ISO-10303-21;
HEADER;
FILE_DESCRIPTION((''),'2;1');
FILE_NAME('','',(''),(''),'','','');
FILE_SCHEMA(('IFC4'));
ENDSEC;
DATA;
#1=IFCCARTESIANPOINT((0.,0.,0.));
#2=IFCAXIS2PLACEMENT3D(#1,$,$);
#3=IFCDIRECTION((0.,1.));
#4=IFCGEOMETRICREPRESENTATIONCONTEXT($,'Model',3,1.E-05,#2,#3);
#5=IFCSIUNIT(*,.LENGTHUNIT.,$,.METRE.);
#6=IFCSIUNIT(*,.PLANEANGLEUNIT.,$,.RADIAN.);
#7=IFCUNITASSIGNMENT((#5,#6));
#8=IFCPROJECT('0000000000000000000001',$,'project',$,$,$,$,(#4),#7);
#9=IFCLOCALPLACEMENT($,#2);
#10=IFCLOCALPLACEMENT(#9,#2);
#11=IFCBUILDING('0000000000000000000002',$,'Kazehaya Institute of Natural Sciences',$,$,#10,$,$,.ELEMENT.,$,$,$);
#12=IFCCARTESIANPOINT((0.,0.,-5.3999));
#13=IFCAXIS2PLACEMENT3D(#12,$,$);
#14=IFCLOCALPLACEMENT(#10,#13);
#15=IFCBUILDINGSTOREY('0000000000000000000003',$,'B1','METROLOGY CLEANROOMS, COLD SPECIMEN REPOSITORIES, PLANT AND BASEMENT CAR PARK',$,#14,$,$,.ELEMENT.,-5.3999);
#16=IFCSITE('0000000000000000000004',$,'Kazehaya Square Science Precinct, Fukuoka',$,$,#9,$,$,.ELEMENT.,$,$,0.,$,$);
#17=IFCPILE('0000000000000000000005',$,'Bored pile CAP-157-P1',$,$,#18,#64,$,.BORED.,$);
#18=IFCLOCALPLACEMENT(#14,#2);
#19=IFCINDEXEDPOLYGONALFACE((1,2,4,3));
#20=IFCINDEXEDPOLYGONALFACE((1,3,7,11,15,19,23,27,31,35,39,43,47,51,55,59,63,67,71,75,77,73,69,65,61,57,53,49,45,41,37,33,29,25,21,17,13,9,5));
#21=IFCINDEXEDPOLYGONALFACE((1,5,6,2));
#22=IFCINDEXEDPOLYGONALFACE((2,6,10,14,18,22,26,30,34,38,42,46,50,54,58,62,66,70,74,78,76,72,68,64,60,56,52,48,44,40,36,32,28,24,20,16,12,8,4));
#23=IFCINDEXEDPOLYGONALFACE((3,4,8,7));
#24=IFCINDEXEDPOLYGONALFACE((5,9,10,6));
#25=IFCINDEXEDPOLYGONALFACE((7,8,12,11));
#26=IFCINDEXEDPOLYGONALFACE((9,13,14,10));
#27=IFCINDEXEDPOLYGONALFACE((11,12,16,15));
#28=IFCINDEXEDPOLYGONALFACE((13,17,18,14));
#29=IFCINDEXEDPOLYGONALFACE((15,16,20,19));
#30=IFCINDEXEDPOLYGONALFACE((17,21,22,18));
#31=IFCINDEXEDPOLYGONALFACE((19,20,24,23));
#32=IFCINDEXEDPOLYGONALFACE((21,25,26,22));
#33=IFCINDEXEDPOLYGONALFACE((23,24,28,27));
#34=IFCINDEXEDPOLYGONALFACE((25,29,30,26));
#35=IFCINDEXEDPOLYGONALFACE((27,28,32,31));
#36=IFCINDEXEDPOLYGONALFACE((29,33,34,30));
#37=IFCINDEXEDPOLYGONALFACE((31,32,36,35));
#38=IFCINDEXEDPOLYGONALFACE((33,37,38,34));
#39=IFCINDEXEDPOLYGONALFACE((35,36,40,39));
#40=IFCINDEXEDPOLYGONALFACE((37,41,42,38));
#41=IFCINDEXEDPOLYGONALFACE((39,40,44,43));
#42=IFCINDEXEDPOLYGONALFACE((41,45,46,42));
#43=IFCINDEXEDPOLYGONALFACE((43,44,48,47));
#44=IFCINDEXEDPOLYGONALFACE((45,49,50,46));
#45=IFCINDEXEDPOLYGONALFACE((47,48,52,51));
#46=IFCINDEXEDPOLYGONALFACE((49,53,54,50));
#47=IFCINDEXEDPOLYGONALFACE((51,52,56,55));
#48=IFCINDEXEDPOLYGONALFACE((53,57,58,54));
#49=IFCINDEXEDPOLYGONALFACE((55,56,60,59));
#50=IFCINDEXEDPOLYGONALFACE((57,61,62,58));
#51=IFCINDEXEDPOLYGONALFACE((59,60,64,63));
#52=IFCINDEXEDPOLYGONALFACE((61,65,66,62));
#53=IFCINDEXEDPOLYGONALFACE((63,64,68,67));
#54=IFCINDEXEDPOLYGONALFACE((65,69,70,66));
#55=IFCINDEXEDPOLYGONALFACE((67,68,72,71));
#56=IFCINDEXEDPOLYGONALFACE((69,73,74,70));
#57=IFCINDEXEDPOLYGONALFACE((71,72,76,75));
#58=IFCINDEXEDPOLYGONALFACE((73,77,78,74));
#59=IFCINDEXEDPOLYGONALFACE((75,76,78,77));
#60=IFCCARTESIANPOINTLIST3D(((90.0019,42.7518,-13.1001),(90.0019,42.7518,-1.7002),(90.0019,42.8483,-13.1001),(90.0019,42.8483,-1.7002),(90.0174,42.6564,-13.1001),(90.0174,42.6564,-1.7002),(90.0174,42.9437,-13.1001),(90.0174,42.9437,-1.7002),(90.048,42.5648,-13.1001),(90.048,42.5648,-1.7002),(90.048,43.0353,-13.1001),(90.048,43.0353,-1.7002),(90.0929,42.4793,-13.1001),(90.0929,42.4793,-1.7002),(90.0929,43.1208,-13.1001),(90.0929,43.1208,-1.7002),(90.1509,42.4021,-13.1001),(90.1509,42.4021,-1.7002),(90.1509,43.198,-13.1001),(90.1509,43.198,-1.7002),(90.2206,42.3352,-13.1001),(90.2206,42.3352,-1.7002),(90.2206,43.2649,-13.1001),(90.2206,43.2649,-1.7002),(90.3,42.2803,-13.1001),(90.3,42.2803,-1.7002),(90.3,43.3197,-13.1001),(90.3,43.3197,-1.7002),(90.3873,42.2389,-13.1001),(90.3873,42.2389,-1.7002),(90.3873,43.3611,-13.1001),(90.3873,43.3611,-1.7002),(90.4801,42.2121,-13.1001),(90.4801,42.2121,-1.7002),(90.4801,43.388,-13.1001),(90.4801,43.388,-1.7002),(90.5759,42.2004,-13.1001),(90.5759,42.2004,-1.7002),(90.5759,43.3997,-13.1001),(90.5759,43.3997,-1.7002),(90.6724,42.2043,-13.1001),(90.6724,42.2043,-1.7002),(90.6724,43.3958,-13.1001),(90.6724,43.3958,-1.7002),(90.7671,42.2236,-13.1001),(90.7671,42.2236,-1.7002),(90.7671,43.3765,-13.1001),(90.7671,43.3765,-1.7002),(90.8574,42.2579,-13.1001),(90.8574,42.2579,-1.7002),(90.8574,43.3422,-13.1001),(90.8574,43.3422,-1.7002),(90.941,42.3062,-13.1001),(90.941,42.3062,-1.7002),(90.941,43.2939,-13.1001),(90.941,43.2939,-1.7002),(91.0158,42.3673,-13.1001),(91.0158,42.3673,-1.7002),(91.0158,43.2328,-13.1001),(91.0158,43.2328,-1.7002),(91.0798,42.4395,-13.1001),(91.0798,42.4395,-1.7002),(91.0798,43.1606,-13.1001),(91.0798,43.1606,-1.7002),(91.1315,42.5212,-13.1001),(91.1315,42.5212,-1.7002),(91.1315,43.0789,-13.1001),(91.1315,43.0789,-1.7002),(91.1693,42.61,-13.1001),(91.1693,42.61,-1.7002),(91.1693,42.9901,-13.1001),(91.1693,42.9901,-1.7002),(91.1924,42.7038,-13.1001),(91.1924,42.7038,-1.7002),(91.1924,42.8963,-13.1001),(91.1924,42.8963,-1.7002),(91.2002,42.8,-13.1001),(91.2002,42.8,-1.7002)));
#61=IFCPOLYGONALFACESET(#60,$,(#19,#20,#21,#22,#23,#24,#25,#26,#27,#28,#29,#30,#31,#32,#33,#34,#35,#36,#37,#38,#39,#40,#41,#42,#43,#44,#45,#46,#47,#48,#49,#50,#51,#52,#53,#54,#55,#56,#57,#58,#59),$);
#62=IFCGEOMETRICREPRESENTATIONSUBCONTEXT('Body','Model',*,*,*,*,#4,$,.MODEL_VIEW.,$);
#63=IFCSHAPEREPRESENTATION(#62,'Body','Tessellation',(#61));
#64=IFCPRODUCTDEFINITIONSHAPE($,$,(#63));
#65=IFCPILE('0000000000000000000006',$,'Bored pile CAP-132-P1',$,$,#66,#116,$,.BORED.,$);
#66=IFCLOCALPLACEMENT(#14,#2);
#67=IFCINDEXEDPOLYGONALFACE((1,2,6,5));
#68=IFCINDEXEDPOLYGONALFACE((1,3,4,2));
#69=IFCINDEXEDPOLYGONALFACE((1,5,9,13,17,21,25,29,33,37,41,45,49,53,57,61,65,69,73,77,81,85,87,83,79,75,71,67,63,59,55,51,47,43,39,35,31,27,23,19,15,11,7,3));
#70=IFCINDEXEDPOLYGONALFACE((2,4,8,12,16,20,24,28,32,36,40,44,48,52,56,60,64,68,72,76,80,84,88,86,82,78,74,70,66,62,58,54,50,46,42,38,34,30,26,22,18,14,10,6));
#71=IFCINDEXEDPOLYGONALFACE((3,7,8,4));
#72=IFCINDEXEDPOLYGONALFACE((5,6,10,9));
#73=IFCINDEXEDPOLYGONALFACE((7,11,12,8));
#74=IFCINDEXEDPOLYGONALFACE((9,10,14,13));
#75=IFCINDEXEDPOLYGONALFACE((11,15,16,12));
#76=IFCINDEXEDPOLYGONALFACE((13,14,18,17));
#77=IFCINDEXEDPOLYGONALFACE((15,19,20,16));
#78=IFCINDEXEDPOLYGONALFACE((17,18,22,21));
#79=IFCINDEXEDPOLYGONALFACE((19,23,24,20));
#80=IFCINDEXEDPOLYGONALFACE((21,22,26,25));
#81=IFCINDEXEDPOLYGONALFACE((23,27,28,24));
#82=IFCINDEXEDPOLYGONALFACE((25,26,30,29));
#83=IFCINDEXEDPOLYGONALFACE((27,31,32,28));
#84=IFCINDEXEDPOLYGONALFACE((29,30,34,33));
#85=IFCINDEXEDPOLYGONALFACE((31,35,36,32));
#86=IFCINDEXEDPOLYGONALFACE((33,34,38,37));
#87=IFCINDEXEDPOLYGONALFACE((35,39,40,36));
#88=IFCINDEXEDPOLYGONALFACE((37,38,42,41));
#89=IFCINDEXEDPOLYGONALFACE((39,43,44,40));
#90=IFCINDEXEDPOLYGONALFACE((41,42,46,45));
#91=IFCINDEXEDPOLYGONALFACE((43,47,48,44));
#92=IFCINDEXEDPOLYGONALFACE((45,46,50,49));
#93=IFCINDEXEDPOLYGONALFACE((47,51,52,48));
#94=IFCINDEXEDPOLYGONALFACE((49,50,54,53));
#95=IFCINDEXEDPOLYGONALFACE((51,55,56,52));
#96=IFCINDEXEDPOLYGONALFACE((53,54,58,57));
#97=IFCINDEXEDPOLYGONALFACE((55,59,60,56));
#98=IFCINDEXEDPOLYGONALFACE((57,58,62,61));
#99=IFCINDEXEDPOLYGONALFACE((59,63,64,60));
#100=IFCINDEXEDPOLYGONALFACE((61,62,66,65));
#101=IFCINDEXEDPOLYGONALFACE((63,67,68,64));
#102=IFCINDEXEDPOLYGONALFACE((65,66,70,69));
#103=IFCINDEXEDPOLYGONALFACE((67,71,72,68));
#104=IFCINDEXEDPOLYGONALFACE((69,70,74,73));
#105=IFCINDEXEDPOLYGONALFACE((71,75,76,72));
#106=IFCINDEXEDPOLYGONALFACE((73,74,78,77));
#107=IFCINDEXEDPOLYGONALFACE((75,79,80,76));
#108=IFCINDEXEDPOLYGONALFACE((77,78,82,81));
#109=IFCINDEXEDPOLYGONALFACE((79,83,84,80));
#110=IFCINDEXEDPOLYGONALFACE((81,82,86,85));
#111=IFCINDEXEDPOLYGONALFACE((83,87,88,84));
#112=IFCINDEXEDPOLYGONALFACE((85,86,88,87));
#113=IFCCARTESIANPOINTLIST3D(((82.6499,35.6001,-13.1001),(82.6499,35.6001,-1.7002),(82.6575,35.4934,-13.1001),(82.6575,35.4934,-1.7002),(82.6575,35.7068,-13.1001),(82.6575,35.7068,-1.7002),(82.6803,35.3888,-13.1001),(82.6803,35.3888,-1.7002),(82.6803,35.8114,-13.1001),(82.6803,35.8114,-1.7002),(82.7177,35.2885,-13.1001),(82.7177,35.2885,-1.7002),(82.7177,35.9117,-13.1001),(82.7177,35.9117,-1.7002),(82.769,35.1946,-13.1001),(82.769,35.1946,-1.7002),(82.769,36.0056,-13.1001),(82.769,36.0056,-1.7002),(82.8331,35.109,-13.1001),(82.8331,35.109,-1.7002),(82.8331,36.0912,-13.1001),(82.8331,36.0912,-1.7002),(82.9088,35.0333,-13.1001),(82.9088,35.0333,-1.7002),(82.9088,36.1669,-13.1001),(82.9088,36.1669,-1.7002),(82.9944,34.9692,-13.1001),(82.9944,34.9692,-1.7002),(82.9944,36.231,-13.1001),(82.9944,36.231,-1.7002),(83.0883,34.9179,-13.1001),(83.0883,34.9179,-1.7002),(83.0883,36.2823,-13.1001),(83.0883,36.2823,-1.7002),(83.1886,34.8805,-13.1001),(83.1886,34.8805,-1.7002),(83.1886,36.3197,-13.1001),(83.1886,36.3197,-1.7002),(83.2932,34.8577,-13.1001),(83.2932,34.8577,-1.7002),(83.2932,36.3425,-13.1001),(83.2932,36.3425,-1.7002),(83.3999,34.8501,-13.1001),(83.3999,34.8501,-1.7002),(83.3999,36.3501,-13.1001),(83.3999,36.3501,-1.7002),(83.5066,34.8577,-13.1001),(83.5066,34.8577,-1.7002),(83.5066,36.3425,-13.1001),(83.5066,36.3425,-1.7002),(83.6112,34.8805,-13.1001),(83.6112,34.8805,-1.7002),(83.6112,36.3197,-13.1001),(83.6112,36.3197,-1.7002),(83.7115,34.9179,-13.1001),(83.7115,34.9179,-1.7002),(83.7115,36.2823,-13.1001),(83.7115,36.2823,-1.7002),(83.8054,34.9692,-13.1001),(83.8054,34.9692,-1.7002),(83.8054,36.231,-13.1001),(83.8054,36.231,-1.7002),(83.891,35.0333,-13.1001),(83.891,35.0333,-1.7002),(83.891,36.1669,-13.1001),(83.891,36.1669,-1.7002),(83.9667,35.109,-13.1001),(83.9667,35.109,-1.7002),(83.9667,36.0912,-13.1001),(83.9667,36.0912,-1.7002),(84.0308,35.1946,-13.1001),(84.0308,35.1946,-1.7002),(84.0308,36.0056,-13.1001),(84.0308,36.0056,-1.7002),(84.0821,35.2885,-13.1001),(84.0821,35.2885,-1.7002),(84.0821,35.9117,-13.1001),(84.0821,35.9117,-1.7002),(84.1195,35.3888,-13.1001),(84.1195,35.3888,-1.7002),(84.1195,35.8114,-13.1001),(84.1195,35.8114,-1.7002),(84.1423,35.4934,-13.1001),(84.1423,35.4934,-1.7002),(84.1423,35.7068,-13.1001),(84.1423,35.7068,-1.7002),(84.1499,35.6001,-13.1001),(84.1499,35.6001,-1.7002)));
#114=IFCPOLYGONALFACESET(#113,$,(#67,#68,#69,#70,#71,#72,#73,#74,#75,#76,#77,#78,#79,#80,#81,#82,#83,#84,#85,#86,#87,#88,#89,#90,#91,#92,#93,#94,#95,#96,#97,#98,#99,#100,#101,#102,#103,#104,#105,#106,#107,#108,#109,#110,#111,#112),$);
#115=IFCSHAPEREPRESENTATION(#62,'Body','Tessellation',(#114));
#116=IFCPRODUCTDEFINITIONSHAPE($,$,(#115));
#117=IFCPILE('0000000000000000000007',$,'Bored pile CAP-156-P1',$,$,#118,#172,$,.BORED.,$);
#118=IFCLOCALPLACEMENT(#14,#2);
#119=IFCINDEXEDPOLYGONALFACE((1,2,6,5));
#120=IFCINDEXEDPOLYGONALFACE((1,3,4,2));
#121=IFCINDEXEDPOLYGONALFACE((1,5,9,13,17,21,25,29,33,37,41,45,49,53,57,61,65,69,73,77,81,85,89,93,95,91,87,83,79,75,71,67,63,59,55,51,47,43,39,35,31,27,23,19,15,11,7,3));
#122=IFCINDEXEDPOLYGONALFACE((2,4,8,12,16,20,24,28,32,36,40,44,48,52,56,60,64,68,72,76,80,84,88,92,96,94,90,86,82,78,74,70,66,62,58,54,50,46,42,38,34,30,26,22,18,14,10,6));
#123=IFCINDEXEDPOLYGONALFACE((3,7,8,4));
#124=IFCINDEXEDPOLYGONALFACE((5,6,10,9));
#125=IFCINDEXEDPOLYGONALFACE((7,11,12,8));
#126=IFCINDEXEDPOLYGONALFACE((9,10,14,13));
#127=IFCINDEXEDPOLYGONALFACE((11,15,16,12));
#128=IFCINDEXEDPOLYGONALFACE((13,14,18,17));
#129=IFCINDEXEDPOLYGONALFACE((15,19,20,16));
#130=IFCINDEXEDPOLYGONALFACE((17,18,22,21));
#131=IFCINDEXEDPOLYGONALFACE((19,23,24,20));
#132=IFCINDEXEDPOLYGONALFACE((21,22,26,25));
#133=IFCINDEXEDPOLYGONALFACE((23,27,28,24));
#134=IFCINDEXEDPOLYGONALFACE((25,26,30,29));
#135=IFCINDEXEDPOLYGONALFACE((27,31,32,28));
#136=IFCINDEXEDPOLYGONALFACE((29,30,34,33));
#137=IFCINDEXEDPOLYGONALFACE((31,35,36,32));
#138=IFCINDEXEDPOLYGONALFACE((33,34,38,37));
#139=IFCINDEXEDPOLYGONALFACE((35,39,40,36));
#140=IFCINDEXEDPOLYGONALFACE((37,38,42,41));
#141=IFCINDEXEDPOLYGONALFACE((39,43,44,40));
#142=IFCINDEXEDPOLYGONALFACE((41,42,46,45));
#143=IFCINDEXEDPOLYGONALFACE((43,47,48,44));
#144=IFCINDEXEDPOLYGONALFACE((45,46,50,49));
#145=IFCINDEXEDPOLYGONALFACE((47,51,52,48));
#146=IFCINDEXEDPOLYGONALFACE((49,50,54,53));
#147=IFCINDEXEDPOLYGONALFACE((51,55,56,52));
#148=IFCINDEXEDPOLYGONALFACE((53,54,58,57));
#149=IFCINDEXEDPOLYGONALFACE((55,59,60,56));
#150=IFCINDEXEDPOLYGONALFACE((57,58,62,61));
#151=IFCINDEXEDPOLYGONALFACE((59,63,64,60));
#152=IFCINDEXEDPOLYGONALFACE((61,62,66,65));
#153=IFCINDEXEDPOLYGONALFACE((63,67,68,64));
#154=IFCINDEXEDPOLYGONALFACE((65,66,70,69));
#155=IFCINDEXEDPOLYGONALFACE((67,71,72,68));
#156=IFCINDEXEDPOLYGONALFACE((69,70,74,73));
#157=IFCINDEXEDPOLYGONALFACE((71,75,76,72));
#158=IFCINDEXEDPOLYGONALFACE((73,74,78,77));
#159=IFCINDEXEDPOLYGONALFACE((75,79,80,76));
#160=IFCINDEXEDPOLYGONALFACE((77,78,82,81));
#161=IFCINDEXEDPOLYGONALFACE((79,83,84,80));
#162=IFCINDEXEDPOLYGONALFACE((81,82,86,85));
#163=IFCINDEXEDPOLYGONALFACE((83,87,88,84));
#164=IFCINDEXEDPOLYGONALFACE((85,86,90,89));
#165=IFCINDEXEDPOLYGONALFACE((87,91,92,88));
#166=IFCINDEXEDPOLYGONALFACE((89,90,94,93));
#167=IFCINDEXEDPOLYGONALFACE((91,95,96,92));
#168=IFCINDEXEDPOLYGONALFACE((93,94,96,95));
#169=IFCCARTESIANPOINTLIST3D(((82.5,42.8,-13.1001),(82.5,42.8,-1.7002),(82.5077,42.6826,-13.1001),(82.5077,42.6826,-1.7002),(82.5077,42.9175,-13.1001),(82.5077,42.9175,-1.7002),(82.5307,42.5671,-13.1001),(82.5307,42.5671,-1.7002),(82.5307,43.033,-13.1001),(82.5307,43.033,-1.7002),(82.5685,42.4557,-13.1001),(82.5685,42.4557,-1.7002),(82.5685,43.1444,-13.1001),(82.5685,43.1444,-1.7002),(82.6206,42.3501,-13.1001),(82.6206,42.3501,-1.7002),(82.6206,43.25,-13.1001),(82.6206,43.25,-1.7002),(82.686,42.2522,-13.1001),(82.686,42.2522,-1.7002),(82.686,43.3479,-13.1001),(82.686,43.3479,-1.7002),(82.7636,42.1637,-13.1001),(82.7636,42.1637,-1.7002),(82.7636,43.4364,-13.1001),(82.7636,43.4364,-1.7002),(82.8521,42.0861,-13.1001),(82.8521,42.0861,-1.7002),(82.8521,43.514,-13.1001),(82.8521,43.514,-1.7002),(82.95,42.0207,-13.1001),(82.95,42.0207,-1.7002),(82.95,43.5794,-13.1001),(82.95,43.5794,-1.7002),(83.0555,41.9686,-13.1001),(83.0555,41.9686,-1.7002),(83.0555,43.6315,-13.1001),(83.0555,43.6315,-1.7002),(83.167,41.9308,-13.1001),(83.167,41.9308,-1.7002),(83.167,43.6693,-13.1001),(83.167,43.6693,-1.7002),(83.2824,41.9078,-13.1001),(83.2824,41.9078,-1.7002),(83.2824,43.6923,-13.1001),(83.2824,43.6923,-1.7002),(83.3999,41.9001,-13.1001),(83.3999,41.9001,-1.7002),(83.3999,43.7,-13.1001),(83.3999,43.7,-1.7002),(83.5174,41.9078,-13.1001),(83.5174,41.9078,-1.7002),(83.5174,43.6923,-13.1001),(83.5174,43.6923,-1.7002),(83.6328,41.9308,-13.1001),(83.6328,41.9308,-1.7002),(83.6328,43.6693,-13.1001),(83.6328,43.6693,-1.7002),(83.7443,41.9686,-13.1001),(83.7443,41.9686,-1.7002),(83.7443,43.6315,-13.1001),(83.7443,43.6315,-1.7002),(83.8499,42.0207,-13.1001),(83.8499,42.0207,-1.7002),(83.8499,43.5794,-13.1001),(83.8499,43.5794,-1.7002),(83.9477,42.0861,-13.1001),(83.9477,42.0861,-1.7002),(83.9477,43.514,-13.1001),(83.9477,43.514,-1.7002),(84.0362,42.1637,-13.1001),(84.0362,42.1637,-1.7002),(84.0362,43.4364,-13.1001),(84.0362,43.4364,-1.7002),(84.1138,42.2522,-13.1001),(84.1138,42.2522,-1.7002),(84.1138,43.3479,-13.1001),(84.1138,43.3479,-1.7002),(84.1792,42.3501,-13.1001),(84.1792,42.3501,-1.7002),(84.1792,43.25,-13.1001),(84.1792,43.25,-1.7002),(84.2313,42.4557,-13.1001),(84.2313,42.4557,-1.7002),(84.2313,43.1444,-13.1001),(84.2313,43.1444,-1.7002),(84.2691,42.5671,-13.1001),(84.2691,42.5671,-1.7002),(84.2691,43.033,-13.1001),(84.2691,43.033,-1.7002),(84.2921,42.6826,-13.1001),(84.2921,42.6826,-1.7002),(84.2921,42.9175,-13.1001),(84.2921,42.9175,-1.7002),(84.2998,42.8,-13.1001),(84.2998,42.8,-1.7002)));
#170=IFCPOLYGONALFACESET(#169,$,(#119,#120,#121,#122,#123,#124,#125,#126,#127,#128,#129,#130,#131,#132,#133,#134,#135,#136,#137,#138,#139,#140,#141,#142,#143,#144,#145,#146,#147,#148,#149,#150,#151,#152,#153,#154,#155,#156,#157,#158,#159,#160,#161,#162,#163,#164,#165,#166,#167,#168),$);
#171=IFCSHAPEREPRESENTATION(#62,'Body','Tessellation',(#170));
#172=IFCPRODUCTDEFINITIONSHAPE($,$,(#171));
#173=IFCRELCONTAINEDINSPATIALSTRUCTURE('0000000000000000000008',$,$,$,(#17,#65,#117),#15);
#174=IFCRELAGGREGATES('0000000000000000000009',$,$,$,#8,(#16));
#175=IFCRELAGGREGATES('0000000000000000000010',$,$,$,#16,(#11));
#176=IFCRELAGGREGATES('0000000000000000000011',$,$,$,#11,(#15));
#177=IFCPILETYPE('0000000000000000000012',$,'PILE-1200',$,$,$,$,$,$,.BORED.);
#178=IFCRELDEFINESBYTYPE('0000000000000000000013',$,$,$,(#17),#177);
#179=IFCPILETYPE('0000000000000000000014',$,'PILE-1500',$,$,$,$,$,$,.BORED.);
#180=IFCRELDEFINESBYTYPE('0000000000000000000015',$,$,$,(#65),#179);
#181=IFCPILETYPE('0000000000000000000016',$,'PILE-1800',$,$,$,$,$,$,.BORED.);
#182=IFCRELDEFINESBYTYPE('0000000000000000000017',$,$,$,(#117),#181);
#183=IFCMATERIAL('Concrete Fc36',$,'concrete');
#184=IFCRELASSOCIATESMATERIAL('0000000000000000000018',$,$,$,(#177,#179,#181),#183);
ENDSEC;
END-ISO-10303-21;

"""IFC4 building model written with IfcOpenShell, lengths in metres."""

from ifc_helpers import new_model, si_unit, direction, frame, origin, origin_2d, place, context, subcontext, project, spatial, circle, extrude, material, material_profile, profile_set, type_object, element, save


model = new_model("IFC4")

# Units and contexts
model_context = context("Model", 3, precision=1e-05, world=origin(), true_north=direction((0.0, 1.0)))
body_context = subcontext(model_context, "Body", "Model", "MODEL_VIEW")
ifc_project = project(units=[si_unit("LENGTHUNIT", "METRE"), si_unit("PLANEANGLEUNIT", "RADIAN")], contexts=[model_context])

# Site, building, storey
site_placement = place(None, origin())
site = spatial("IfcSite", under=ifc_project, at=site_placement, Name="Kazehaya Square Science Precinct, Fukuoka", CompositionType="ELEMENT", RefElevation=0.0)
building_placement = place(site_placement, origin())
building = spatial("IfcBuilding", under=site, at=building_placement, Name="Kazehaya Institute of Natural Sciences", CompositionType="ELEMENT")
storey_placement = place(building_placement, frame((0.0, 0.0, -5.3999)))
storey = spatial("IfcBuildingStorey", under=building, at=storey_placement, Name="B1", Description="METROLOGY CLEANROOMS, COLD SPECIMEN REPOSITORIES, PLANT AND BASEMENT CAR PARK", CompositionType="ELEMENT", Elevation=-5.3999)

# Shared definitions
ifc_material_1 = material(Name="Concrete Fc36", Category="concrete")

# Piles
ifc_material_profile_1 = material_profile(ifc_material_1, circle(Radius=0.6001, at=origin_2d()), Name="PILE-1200")
ifc_profile_set_1 = profile_set([ifc_material_profile_1], Name="Concrete Fc36")
pile_type_1 = type_object("IfcPileType", Name="PILE-1200", PredefinedType="BORED", material=ifc_profile_set_1)
for number, where, z_axis, x_axis, name in (
    (1, (90.6001, 42.8, -1.7002), (0.0, 0.0, -1.0), (1.0, 0.0, 0.0), "Bored pile CAP-157-P1"),
):
    element("IfcPile", number, at=place(storey_placement, frame(where, z_axis=z_axis, x_axis=x_axis)), inside=storey, type_object=pile_type_1, Name=name, PredefinedType="BORED", context=body_context, shape_type="SweptSolid", body=[
        extrude(circle(Radius=0.6001, at=origin_2d()), origin(), (0.0, 0.0, 1.0), 11.3999),
    ])
ifc_material_profile_2 = material_profile(ifc_material_1, circle(Radius=0.75, at=origin_2d()), Name="PILE-1500")
ifc_profile_set_2 = profile_set([ifc_material_profile_2], Name="Concrete Fc36")
pile_type_2 = type_object("IfcPileType", Name="PILE-1500", PredefinedType="BORED", material=ifc_profile_set_2)
pile_1_placement = place(storey_placement, frame((83.3999, 35.6001, -1.7002), z_axis=(0.0, 0.0, -1.0), x_axis=(1.0, 0.0, 0.0)))
element("IfcPile", 2, at=pile_1_placement, inside=storey, type_object=pile_type_2, Name="Bored pile CAP-132-P1", PredefinedType="BORED", context=body_context, shape_type="SweptSolid", body=[
    extrude(circle(Radius=0.75, at=origin_2d()), origin(), (0.0, 0.0, 1.0), 11.3999),
])
ifc_material_profile_3 = material_profile(ifc_material_1, circle(Radius=0.8999, at=origin_2d()), Name="PILE-1800")
ifc_profile_set_3 = profile_set([ifc_material_profile_3], Name="Concrete Fc36")
pile_type_3 = type_object("IfcPileType", Name="PILE-1800", PredefinedType="BORED", material=ifc_profile_set_3)
pile_2_placement = place(storey_placement, frame((83.3999, 42.8, -1.7002), z_axis=(0.0, 0.0, -1.0), x_axis=(1.0, 0.0, 0.0)))
element("IfcPile", 3, at=pile_2_placement, inside=storey, type_object=pile_type_3, Name="Bored pile CAP-156-P1", PredefinedType="BORED", context=body_context, shape_type="SweptSolid", body=[
    extrude(circle(Radius=0.8999, at=origin_2d()), origin(), (0.0, 0.0, 1.0), 11.3999),
])

save(model, "model.ifc")
